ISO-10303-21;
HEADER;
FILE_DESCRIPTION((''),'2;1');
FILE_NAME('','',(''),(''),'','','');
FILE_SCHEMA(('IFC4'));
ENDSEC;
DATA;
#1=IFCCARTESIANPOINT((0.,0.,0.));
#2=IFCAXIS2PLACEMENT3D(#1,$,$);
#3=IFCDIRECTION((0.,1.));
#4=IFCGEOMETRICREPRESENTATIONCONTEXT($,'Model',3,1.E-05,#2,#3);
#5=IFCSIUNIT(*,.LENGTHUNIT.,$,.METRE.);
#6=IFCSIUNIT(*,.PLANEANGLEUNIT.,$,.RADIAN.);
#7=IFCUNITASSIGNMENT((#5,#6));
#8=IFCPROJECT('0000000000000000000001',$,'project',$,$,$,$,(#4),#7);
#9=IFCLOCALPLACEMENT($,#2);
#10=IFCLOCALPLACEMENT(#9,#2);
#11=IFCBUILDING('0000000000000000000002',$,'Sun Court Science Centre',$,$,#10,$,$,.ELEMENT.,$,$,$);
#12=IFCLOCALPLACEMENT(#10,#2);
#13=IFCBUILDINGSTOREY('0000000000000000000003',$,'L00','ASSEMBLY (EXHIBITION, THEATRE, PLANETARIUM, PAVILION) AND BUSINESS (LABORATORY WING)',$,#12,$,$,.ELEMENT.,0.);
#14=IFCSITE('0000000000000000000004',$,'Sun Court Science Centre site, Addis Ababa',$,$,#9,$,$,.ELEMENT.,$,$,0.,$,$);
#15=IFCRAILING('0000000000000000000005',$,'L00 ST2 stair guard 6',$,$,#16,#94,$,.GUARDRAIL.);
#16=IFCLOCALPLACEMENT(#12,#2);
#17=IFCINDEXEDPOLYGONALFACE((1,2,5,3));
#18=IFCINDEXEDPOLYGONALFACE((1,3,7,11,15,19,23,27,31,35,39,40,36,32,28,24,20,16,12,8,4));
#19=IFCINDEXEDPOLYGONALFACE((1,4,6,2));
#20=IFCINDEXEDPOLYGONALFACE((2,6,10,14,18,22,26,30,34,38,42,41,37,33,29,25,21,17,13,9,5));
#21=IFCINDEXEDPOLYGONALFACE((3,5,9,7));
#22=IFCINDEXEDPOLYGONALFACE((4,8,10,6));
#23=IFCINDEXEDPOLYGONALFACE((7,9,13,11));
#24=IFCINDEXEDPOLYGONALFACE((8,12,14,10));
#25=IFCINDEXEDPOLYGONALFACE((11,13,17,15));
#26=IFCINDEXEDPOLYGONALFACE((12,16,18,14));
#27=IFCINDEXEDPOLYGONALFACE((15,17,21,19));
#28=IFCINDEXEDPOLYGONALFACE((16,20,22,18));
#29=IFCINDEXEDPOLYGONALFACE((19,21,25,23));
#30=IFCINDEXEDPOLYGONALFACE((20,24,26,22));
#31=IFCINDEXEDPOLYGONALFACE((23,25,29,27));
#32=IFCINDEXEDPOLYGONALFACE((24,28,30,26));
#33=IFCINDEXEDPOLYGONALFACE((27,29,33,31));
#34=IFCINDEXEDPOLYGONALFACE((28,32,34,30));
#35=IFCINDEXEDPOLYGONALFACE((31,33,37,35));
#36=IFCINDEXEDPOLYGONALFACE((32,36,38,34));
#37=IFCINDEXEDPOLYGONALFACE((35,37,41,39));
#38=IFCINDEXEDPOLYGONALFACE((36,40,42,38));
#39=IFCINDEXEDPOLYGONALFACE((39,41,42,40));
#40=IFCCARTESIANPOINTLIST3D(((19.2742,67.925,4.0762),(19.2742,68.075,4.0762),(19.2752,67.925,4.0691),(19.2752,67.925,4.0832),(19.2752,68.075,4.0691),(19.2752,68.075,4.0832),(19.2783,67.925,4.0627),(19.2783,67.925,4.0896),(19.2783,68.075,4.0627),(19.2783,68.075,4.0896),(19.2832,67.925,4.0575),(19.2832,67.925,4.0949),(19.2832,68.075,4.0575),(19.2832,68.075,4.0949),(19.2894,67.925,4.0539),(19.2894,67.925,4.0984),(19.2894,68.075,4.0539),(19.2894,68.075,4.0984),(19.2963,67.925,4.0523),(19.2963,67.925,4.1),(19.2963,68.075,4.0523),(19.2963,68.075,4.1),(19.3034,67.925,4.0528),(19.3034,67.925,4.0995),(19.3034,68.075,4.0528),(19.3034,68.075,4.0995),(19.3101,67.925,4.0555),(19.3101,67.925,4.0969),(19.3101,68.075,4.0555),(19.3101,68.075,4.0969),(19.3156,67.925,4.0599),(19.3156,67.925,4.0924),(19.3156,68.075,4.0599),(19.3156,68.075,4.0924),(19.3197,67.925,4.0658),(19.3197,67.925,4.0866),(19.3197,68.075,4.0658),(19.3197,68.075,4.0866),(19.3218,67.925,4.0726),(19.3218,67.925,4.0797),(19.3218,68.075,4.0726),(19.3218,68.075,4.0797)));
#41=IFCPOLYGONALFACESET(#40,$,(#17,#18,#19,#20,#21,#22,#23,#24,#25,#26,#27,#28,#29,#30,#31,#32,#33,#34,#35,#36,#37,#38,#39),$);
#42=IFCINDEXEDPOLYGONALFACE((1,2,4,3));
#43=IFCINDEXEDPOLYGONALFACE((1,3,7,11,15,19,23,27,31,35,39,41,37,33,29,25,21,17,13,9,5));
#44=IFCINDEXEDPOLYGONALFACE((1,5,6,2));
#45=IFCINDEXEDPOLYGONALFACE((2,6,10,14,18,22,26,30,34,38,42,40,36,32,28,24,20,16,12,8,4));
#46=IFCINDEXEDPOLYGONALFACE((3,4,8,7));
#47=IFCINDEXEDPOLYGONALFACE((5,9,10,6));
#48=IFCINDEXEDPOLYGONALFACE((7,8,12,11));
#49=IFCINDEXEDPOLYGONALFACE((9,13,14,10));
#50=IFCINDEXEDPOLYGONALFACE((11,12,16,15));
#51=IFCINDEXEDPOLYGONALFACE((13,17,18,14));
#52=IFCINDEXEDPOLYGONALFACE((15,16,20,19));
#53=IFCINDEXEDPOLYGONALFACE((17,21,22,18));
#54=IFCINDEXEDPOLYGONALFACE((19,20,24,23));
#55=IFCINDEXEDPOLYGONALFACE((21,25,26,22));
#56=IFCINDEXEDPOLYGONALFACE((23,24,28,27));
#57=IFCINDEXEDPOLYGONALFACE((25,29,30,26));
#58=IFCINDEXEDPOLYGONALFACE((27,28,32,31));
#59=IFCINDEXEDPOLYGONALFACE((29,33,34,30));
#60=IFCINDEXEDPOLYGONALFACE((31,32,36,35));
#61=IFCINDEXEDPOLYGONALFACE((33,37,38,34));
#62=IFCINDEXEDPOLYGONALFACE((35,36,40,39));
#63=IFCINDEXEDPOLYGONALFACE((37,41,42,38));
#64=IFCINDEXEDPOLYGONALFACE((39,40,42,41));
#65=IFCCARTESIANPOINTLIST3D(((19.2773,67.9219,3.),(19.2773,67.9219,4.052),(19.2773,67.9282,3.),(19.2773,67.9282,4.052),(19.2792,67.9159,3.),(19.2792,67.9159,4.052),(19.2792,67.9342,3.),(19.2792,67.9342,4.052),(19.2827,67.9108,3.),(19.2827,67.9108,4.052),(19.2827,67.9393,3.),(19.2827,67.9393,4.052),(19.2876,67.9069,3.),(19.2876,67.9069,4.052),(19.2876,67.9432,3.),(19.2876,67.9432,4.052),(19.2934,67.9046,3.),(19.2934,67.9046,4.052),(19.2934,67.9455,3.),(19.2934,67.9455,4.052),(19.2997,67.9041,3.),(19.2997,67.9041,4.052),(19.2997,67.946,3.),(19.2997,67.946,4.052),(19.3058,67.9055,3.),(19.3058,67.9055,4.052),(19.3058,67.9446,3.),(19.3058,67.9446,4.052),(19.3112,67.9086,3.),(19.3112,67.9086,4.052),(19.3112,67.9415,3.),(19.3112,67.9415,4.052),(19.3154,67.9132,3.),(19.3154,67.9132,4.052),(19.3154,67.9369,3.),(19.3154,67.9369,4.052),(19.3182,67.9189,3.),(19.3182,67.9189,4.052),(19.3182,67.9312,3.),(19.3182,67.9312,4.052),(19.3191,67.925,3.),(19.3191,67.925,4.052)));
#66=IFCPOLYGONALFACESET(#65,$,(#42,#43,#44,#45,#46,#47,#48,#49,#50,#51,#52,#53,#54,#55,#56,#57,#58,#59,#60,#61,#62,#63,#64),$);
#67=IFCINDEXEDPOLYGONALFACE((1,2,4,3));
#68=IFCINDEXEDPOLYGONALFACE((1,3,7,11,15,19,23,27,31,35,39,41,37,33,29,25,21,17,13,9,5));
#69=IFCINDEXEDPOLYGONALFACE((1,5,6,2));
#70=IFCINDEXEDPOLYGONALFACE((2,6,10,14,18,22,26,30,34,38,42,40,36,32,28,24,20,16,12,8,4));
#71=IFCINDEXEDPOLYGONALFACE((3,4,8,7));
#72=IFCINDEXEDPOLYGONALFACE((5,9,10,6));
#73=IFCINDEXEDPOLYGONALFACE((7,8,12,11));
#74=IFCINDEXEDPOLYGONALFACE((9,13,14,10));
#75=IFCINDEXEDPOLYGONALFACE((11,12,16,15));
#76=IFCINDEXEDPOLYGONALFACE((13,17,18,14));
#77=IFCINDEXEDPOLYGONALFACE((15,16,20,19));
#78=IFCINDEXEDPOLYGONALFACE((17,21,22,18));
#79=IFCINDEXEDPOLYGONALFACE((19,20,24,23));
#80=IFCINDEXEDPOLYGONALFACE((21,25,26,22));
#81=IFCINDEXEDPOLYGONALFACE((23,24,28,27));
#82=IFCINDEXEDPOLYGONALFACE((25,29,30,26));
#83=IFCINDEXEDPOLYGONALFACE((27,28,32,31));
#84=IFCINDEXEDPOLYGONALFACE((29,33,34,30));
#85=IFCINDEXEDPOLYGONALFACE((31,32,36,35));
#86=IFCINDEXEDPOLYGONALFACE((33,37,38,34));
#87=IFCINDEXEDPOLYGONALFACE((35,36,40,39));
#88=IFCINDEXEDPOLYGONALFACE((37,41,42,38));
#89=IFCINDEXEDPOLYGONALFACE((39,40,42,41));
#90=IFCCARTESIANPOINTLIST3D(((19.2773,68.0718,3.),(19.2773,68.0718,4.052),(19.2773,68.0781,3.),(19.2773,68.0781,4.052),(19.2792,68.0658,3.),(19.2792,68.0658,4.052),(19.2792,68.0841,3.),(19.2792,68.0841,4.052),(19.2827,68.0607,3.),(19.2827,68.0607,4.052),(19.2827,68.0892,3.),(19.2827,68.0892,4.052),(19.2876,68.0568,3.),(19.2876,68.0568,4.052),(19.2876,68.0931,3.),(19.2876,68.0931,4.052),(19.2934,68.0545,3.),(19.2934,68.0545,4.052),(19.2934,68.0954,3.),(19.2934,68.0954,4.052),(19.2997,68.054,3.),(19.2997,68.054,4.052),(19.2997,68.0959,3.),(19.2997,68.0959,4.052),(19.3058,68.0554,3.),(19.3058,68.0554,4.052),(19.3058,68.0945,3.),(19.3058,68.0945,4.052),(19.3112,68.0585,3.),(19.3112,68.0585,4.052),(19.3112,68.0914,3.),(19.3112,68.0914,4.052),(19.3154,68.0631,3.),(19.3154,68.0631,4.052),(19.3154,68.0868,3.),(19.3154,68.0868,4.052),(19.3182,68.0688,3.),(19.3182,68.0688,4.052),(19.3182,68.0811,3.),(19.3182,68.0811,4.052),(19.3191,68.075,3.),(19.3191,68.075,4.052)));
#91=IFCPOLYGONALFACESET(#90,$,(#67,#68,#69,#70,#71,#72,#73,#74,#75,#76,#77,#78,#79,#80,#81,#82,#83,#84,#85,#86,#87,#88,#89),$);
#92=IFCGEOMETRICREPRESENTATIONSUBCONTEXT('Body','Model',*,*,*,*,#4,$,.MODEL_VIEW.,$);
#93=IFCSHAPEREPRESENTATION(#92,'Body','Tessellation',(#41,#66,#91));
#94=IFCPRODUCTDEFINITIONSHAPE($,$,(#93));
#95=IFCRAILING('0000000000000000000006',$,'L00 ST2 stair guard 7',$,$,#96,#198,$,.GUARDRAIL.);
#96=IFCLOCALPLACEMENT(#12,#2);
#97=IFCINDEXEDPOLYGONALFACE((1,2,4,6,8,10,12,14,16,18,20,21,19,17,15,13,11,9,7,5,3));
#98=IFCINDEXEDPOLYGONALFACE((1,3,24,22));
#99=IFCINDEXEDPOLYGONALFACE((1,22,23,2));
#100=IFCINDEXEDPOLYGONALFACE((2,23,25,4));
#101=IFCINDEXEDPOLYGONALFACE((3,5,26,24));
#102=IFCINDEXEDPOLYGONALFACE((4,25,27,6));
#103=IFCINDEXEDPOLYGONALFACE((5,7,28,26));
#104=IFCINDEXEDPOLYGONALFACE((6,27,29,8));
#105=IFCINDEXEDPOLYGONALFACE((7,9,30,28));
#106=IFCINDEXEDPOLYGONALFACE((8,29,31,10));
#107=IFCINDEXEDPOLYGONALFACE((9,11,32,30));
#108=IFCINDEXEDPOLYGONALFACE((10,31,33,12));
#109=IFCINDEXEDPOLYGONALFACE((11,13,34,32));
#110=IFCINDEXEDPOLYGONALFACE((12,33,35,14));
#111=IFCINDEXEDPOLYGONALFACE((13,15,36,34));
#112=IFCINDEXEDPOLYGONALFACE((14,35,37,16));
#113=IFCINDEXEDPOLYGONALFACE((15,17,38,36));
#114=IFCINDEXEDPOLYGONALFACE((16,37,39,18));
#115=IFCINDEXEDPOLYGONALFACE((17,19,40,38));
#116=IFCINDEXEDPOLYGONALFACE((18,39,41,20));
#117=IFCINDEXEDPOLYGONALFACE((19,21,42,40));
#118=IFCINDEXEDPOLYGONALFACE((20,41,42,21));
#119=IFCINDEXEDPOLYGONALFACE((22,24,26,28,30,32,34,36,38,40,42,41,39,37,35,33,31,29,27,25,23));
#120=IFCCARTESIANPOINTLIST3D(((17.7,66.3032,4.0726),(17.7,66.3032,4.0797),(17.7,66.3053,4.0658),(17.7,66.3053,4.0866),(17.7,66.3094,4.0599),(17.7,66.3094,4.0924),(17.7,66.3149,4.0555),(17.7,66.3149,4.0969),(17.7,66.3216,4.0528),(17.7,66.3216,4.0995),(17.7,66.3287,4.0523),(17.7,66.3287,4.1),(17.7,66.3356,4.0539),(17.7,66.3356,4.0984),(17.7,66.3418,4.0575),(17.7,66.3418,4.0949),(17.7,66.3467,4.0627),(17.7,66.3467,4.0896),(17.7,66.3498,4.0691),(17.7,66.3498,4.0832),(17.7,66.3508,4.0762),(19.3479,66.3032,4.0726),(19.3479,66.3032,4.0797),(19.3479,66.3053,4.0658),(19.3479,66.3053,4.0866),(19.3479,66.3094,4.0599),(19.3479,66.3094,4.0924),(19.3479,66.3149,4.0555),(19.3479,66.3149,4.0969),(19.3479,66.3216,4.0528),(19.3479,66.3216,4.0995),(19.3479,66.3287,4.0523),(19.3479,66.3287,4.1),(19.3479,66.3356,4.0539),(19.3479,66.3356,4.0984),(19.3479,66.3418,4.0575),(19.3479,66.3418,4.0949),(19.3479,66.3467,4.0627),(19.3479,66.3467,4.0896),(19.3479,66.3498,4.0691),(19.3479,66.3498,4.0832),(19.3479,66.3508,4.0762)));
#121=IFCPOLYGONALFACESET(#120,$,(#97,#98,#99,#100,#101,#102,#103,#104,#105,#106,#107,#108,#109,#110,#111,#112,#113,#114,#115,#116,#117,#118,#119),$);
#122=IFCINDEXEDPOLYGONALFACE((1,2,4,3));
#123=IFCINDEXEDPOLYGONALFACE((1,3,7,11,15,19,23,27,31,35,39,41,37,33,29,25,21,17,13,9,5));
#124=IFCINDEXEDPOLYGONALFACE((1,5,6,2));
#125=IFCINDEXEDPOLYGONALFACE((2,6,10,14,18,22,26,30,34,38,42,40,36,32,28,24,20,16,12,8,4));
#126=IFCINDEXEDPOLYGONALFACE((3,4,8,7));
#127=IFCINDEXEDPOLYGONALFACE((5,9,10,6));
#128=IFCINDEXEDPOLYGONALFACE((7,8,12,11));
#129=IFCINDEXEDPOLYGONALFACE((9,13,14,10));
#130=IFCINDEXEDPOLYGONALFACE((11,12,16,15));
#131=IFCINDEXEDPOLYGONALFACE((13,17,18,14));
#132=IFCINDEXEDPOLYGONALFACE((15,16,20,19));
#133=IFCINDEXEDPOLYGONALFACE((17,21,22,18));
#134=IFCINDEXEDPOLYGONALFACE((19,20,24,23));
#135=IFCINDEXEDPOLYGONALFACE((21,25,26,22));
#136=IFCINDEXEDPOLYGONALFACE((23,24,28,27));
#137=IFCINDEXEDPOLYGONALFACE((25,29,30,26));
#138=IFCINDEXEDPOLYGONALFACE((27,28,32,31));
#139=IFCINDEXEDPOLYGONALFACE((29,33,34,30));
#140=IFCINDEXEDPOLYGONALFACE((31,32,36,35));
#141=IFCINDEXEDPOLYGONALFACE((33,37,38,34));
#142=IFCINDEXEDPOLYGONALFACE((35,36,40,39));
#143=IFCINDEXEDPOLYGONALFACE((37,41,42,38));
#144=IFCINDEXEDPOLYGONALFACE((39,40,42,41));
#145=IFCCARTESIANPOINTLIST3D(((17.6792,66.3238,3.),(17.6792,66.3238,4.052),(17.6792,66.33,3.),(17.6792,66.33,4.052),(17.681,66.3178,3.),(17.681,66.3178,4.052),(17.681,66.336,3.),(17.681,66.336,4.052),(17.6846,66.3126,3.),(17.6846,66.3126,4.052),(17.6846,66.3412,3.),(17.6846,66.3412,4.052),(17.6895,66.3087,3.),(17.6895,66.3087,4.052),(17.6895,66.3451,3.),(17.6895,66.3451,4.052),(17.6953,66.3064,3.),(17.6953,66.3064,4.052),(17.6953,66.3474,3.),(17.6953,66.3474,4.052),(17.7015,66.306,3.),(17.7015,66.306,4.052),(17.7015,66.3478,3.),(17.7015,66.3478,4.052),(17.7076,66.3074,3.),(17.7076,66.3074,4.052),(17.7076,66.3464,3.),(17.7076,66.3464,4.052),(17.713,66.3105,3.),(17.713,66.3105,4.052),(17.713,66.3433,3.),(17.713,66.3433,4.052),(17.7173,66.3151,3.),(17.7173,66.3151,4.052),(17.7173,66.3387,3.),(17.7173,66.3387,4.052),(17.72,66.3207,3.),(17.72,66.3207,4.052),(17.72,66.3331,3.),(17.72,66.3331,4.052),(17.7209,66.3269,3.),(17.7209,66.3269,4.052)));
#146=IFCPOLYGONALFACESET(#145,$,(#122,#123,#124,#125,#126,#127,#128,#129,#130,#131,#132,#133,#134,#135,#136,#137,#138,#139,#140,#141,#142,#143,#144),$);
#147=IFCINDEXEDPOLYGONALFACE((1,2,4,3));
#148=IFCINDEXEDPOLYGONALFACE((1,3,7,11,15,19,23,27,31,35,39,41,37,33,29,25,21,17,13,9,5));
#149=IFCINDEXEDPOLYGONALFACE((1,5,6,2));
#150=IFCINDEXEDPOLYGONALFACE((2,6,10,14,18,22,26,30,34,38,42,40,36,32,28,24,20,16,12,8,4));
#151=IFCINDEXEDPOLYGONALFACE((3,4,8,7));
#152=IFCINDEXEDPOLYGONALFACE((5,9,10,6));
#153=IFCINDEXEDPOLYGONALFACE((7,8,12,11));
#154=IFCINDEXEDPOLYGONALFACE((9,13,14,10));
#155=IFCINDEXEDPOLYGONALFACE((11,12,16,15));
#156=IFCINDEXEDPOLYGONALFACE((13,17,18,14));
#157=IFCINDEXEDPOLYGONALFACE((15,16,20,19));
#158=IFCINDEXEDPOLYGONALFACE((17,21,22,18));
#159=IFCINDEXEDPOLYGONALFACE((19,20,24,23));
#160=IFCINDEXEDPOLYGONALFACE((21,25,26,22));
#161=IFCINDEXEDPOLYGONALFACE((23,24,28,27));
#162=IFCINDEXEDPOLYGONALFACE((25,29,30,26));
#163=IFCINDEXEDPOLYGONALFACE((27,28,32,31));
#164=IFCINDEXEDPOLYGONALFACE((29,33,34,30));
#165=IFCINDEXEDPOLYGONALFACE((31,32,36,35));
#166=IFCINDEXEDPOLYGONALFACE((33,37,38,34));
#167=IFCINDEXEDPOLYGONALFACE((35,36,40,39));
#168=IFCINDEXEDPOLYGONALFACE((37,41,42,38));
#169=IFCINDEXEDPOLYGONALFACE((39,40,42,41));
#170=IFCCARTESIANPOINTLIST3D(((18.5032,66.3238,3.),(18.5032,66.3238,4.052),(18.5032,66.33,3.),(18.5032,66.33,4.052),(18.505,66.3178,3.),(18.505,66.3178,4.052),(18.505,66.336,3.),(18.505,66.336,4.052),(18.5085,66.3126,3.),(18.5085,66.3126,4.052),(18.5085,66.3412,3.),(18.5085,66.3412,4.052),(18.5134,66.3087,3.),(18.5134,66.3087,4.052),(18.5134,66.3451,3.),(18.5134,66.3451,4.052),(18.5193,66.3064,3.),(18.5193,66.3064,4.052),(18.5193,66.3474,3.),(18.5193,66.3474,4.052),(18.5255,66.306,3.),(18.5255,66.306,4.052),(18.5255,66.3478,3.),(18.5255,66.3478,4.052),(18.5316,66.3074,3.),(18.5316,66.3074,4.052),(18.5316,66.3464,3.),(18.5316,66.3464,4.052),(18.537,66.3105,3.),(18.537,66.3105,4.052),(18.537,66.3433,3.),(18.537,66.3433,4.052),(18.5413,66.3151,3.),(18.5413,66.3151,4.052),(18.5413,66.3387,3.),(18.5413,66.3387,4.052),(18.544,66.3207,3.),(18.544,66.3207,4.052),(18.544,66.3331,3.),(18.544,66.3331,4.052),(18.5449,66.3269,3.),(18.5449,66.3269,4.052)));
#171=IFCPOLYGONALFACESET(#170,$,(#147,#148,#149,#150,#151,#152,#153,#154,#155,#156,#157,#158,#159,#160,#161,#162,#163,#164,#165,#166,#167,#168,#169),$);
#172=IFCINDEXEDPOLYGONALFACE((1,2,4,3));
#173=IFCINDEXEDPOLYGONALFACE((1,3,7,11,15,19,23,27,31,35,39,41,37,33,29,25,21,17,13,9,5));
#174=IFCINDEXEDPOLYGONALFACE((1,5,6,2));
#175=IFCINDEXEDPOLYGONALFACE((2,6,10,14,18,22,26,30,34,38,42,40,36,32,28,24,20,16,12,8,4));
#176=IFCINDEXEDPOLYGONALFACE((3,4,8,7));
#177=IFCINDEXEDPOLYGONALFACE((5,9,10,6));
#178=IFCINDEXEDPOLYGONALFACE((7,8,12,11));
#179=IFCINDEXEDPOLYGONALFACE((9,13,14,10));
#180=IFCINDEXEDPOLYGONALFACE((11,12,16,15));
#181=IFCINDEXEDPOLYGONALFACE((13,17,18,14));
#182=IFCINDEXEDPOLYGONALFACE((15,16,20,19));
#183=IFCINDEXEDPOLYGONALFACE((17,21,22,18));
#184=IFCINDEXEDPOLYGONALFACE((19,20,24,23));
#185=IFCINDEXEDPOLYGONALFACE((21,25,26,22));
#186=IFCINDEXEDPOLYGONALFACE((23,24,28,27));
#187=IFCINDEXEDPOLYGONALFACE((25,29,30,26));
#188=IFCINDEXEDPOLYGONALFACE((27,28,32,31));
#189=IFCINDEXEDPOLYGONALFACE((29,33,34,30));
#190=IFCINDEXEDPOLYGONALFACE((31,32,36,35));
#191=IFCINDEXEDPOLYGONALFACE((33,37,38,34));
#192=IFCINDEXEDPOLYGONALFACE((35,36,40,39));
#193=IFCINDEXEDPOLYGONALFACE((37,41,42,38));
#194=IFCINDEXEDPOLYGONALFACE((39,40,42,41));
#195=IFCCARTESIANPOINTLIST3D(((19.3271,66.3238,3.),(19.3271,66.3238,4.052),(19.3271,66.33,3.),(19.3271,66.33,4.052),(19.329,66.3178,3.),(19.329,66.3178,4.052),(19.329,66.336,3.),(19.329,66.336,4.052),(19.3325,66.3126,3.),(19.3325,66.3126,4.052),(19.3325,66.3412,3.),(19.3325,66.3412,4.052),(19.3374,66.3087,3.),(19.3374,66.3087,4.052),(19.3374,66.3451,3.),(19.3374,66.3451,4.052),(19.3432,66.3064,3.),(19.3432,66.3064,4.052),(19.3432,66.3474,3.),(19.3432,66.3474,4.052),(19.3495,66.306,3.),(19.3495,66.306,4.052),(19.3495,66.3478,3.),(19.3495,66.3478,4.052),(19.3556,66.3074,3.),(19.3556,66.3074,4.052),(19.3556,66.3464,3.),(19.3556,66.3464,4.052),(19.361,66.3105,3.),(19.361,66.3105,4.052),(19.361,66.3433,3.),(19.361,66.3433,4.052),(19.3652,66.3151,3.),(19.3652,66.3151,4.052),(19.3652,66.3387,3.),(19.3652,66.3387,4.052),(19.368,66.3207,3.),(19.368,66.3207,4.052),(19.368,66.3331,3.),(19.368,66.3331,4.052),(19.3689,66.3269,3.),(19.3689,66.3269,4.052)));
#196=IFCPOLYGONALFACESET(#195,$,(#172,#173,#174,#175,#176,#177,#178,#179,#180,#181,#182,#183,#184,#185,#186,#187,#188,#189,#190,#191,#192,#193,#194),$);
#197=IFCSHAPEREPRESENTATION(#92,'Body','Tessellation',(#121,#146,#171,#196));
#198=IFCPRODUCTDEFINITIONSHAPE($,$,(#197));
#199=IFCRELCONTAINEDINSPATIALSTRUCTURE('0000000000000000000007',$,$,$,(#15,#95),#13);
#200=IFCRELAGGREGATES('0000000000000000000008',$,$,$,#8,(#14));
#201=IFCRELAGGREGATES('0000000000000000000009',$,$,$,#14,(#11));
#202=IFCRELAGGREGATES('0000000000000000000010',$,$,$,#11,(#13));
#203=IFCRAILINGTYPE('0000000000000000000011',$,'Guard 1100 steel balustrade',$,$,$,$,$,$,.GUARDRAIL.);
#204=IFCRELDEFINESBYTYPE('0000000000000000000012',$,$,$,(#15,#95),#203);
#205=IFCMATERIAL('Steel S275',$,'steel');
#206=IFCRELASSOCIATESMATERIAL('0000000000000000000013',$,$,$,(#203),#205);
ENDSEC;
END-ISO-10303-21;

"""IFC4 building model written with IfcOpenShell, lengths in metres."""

from ifc_helpers import new_model, si_unit, direction, frame, origin, origin_2d, place, context, subcontext, project, spatial, circle, extrude, material, type_object, element, save


model = new_model("IFC4")

# Units and contexts
model_context = context("Model", 3, precision=1e-05, world=origin(), true_north=direction((0.0, 1.0)))
body_context = subcontext(model_context, "Body", "Model", "MODEL_VIEW")
ifc_project = project(units=[si_unit("LENGTHUNIT", "METRE"), si_unit("PLANEANGLEUNIT", "RADIAN")], contexts=[model_context])

# Site, building, storey
site_placement = place(None, origin())
site = spatial("IfcSite", under=ifc_project, at=site_placement, Name="Sun Court Science Centre site, Addis Ababa", CompositionType="ELEMENT", RefElevation=0.0)
building_placement = place(site_placement, origin())
building = spatial("IfcBuilding", under=site, at=building_placement, Name="Sun Court Science Centre", CompositionType="ELEMENT")
storey_placement = place(building_placement, origin())
storey = spatial("IfcBuildingStorey", under=building, at=storey_placement, Name="L00", Description="ASSEMBLY (EXHIBITION, THEATRE, PLANETARIUM, PAVILION) AND BUSINESS (LABORATORY WING)", CompositionType="ELEMENT", Elevation=0.0)

# Railings
ifc_material_1 = material(Name="Steel S275", Category="steel")
railing_type_1 = type_object("IfcRailingType", Name="Guard 1100 steel balustrade", PredefinedType="GUARDRAIL", material=ifc_material_1)
railing_1_placement = place(storey_placement, frame((19.2981, 67.925, 3.0)))
element("IfcRailing", 1, at=railing_1_placement, inside=storey, type_object=railing_type_1, Name="L00 ST2 stair guard 6", PredefinedType="GUARDRAIL", context=body_context, shape_type="SweptSolid", body=[
    extrude(circle(Radius=0.0239, at=origin_2d()), frame((0.0, 0.0, 1.0762), z_axis=(0.0, 1.0, 0.0), x_axis=(-1.0, 0.0, 0.0)), (0.0, 0.0, 1.0), 0.1499),
    extrude(circle(Radius=0.021, at=origin_2d()), origin(), (0.0, 0.0, 1.0), 1.052),
    extrude(circle(Radius=0.021, at=origin_2d()), frame((0.0, 0.1499, 0.0)), (0.0, 0.0, 1.0), 1.052),
])
for number, where, name in (
    (2, (17.7, 66.3269, 3.0), "L00 ST2 stair guard 7"),
):
    element("IfcRailing", number, at=place(storey_placement, frame(where)), inside=storey, type_object=railing_type_1, Name=name, PredefinedType="GUARDRAIL", context=body_context, shape_type="SweptSolid", body=[
        extrude(circle(Radius=0.0239, at=origin_2d()), frame((0.0, 0.0, 1.0762), z_axis=(1.0, 0.0, 0.0), x_axis=(0.0, 1.0, 0.0)), (0.0, 0.0, 1.0), 1.6479),
        extrude(circle(Radius=0.021, at=origin_2d()), origin(), (0.0, 0.0, 1.0), 1.052),
        extrude(circle(Radius=0.021, at=origin_2d()), frame((0.824, 0.0, 0.0)), (0.0, 0.0, 1.0), 1.052),
        extrude(circle(Radius=0.021, at=origin_2d()), frame((1.6479, 0.0, 0.0)), (0.0, 0.0, 1.0), 1.052),
    ])

save(model, "model.ifc")
